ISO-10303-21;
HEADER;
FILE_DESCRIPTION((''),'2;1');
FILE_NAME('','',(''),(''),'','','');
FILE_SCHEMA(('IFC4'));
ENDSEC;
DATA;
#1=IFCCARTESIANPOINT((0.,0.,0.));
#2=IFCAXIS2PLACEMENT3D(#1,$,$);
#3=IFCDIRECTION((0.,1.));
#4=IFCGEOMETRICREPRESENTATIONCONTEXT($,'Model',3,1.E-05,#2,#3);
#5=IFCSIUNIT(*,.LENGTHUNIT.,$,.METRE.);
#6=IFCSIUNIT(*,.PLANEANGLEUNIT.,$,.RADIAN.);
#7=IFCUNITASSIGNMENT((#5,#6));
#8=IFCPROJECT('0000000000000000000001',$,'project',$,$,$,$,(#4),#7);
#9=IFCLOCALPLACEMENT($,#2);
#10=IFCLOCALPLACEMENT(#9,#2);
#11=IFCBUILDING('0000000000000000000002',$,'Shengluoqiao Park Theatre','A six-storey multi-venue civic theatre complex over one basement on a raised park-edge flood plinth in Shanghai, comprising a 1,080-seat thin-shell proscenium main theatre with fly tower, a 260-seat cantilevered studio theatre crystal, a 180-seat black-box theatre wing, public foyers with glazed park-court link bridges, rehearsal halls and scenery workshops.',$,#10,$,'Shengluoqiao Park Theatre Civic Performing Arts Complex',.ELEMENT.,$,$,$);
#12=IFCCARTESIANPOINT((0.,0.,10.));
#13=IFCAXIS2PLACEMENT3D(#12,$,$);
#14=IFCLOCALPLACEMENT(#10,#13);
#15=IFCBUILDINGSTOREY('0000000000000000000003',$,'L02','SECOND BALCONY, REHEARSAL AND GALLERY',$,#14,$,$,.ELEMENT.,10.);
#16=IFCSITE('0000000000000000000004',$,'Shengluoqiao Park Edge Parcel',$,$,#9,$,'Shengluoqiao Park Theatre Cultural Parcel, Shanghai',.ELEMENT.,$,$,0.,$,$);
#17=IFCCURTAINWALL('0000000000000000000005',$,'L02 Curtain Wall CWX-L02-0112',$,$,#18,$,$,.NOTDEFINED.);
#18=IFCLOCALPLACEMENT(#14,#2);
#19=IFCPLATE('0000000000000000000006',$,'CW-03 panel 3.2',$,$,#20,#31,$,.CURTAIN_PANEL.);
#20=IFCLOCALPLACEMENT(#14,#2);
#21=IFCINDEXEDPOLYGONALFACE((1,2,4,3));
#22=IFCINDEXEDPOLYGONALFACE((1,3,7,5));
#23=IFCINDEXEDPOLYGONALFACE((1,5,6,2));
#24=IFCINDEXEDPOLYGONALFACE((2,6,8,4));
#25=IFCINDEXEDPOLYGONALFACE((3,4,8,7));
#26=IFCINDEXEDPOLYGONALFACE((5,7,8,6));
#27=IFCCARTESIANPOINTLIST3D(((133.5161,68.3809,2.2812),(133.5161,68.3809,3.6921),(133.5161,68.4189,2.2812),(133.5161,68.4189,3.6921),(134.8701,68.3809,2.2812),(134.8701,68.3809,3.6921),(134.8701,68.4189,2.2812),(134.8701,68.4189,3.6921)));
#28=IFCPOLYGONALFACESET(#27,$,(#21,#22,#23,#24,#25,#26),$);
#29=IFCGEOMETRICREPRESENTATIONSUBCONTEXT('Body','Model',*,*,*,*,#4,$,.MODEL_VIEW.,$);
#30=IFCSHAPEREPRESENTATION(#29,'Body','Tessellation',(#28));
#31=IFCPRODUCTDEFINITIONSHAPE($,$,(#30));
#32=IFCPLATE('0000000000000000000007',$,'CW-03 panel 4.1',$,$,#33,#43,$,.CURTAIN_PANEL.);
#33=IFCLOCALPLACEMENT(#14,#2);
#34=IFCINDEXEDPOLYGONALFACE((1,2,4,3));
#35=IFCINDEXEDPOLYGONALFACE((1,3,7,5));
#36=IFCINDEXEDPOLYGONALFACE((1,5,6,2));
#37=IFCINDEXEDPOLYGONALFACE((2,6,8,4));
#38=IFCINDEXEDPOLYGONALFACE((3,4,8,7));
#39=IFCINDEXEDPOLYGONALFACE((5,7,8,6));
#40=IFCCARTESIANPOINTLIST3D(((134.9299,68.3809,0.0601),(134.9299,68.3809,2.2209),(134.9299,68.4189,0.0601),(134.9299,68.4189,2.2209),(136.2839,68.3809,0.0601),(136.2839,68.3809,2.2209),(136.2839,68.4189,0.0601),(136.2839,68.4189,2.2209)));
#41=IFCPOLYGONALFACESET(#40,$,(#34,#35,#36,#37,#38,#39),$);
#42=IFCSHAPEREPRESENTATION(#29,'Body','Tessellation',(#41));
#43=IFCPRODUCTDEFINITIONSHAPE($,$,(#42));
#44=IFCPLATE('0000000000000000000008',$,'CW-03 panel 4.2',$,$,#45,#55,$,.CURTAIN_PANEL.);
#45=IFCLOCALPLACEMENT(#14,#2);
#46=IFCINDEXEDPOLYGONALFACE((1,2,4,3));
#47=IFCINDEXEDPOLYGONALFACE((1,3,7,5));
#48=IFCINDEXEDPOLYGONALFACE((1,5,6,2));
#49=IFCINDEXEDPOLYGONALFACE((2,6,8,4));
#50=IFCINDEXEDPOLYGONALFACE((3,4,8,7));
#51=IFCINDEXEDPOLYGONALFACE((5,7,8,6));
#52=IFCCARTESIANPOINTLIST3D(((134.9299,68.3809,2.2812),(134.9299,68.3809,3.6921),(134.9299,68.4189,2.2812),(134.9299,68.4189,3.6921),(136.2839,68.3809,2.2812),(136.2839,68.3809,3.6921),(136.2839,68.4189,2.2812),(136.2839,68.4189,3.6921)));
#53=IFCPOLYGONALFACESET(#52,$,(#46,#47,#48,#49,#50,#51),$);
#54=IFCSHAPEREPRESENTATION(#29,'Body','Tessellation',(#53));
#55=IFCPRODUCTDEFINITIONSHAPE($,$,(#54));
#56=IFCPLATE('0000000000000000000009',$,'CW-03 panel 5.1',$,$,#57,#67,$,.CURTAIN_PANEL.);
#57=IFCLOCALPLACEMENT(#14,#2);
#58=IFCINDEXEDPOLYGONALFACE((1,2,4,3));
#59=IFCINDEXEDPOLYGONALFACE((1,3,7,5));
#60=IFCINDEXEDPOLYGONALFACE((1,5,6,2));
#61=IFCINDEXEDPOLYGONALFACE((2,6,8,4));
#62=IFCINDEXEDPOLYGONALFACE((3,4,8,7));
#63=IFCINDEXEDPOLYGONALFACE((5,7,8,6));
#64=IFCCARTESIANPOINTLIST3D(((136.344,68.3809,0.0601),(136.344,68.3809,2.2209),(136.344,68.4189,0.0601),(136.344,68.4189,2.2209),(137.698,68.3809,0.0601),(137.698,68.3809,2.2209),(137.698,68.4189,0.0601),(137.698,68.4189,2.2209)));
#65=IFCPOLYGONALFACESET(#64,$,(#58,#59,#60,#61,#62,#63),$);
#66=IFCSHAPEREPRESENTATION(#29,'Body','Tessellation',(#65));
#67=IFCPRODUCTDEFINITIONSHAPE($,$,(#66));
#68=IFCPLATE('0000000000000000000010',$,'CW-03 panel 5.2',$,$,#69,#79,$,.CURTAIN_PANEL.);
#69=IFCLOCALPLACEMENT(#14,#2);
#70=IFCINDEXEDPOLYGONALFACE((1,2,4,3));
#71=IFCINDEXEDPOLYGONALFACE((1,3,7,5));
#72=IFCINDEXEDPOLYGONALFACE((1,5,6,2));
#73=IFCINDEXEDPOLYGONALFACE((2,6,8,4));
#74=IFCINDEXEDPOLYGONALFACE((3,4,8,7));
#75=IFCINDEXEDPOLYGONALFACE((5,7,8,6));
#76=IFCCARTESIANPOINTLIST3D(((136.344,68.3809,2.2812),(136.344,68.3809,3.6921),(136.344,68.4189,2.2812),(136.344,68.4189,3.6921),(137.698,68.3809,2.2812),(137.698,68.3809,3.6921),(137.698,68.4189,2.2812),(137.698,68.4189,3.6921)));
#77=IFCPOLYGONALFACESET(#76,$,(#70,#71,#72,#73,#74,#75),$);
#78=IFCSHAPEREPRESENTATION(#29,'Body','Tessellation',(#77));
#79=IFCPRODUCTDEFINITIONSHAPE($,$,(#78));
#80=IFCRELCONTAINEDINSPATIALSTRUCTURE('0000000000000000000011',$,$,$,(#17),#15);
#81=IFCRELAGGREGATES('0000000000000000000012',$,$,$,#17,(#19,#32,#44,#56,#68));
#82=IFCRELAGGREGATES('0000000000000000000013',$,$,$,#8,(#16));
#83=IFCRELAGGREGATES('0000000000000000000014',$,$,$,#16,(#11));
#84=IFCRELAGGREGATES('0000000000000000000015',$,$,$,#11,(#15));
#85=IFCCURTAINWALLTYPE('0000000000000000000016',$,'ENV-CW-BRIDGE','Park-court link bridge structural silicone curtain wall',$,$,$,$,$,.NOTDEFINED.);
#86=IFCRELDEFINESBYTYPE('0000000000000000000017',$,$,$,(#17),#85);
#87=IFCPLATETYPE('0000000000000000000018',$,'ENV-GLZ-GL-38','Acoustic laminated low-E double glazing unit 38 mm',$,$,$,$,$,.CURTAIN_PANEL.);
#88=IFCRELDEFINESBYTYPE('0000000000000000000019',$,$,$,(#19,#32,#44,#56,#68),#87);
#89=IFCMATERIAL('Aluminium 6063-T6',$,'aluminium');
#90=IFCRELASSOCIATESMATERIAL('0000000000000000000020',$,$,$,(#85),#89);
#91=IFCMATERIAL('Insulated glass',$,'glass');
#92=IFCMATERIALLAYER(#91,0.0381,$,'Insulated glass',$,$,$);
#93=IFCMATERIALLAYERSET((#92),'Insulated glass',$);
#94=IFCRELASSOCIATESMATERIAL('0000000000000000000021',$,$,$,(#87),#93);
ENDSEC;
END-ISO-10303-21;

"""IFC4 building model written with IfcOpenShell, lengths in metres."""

from ifc_helpers import new_model, si_unit, direction, frame, origin, origin_2d, place, context, subcontext, project, spatial, rectangle, extrude, material, layer, layer_set, type_object, element, aggregate, save


model = new_model("IFC4")

# Units and contexts
model_context = context("Model", 3, precision=1e-05, world=origin(), true_north=direction((0.0, 1.0)))
body_context = subcontext(model_context, "Body", "Model", "MODEL_VIEW")
ifc_project = project(units=[si_unit("LENGTHUNIT", "METRE"), si_unit("PLANEANGLEUNIT", "RADIAN")], contexts=[model_context])

# Site, building, storey
site_placement = place(None, origin())
site = spatial("IfcSite", under=ifc_project, at=site_placement, Name="Shengluoqiao Park Edge Parcel", LongName="Shengluoqiao Park Theatre Cultural Parcel, Shanghai", CompositionType="ELEMENT", RefElevation=0.0)
building_placement = place(site_placement, origin())
building = spatial("IfcBuilding", under=site, at=building_placement, Name="Shengluoqiao Park Theatre", Description="A six-storey multi-venue civic theatre complex over one basement on a raised park-edge flood plinth in Shanghai, comprising a 1,080-seat thin-shell proscenium main theatre with fly tower, a 260-seat cantilevered studio theatre crystal, a 180-seat black-box theatre wing, public foyers with glazed park-court link bridges, rehearsal halls and scenery workshops.", LongName="Shengluoqiao Park Theatre Civic Performing Arts Complex", CompositionType="ELEMENT")
storey_placement = place(building_placement, frame((0.0, 0.0, 10.0)))
storey = spatial("IfcBuildingStorey", under=building, at=storey_placement, Name="L02", Description="SECOND BALCONY, REHEARSAL AND GALLERY", CompositionType="ELEMENT", Elevation=10.0)

# Curtain wall
ifc_material_1 = material(Name="Aluminium 6063-T6", Category="aluminium")
curtain_wall_type = type_object("IfcCurtainWallType", Name="ENV-CW-BRIDGE", Description="Park-court link bridge structural silicone curtain wall", PredefinedType="NOTDEFINED", material=ifc_material_1)
curtain_wall_placement = place(storey_placement, origin())
curtain_wall = element("IfcCurtainWall", 1, at=curtain_wall_placement, inside=storey, type_object=curtain_wall_type, Name="L02 Curtain Wall CWX-L02-0112", PredefinedType="NOTDEFINED")

# Plates
ifc_material_2 = material(Name="Insulated glass", Category="glass")
ifc_layer = layer(ifc_material_2, 0.0381, Name="Insulated glass")
ifc_layer_set = layer_set([ifc_layer], Name="Insulated glass")
plate_type = type_object("IfcPlateType", Name="ENV-GLZ-GL-38", Description="Acoustic laminated low-E double glazing unit 38 mm", PredefinedType="CURTAIN_PANEL", material=ifc_layer_set)
plate_1_placement = place(storey_placement, frame((134.1931, 68.3999, 2.2812), z_axis=(0.0, 0.0, 1.0), x_axis=(1.0, 0.0, 0.0)))
plate_1 = element("IfcPlate", 2, at=plate_1_placement, type_object=plate_type, Name="CW-03 panel 3.2", PredefinedType="CURTAIN_PANEL", context=body_context, shape_type="SweptSolid", body=[
    extrude(rectangle(XDim=1.354, YDim=0.0381, at=origin_2d()), origin(), (0.0, 0.0, 1.0), 1.4109),
])
plate_2_placement = place(storey_placement, frame((135.6069, 68.3999, 0.0601), z_axis=(0.0, 0.0, 1.0), x_axis=(1.0, 0.0, 0.0)))
plate_2 = element("IfcPlate", 3, at=plate_2_placement, type_object=plate_type, Name="CW-03 panel 4.1", PredefinedType="CURTAIN_PANEL", context=body_context, shape_type="SweptSolid", body=[
    extrude(rectangle(XDim=1.354, YDim=0.0381, at=origin_2d()), origin(), (0.0, 0.0, 1.0), 2.1609),
])
plate_3_placement = place(storey_placement, frame((135.6069, 68.3999, 2.2812), z_axis=(0.0, 0.0, 1.0), x_axis=(1.0, 0.0, 0.0)))
plate_3 = element("IfcPlate", 4, at=plate_3_placement, type_object=plate_type, Name="CW-03 panel 4.2", PredefinedType="CURTAIN_PANEL", context=body_context, shape_type="SweptSolid", body=[
    extrude(rectangle(XDim=1.354, YDim=0.0381, at=origin_2d()), origin(), (0.0, 0.0, 1.0), 1.4109),
])
plate_4_placement = place(storey_placement, frame((137.021, 68.3999, 0.0601), z_axis=(0.0, 0.0, 1.0), x_axis=(1.0, 0.0, 0.0)))
plate_4 = element("IfcPlate", 5, at=plate_4_placement, type_object=plate_type, Name="CW-03 panel 5.1", PredefinedType="CURTAIN_PANEL", context=body_context, shape_type="SweptSolid", body=[
    extrude(rectangle(XDim=1.354, YDim=0.0381, at=origin_2d()), origin(), (0.0, 0.0, 1.0), 2.1609),
])
plate_5_placement = place(storey_placement, frame((137.021, 68.3999, 2.2812), z_axis=(0.0, 0.0, 1.0), x_axis=(1.0, 0.0, 0.0)))
plate_5 = element("IfcPlate", 6, at=plate_5_placement, type_object=plate_type, Name="CW-03 panel 5.2", PredefinedType="CURTAIN_PANEL", context=body_context, shape_type="SweptSolid", body=[
    extrude(rectangle(XDim=1.354, YDim=0.0381, at=origin_2d()), origin(), (0.0, 0.0, 1.0), 1.4109),
])
aggregate(curtain_wall, [plate_1, plate_2, plate_3, plate_4, plate_5])

save(model, "model.ifc")
